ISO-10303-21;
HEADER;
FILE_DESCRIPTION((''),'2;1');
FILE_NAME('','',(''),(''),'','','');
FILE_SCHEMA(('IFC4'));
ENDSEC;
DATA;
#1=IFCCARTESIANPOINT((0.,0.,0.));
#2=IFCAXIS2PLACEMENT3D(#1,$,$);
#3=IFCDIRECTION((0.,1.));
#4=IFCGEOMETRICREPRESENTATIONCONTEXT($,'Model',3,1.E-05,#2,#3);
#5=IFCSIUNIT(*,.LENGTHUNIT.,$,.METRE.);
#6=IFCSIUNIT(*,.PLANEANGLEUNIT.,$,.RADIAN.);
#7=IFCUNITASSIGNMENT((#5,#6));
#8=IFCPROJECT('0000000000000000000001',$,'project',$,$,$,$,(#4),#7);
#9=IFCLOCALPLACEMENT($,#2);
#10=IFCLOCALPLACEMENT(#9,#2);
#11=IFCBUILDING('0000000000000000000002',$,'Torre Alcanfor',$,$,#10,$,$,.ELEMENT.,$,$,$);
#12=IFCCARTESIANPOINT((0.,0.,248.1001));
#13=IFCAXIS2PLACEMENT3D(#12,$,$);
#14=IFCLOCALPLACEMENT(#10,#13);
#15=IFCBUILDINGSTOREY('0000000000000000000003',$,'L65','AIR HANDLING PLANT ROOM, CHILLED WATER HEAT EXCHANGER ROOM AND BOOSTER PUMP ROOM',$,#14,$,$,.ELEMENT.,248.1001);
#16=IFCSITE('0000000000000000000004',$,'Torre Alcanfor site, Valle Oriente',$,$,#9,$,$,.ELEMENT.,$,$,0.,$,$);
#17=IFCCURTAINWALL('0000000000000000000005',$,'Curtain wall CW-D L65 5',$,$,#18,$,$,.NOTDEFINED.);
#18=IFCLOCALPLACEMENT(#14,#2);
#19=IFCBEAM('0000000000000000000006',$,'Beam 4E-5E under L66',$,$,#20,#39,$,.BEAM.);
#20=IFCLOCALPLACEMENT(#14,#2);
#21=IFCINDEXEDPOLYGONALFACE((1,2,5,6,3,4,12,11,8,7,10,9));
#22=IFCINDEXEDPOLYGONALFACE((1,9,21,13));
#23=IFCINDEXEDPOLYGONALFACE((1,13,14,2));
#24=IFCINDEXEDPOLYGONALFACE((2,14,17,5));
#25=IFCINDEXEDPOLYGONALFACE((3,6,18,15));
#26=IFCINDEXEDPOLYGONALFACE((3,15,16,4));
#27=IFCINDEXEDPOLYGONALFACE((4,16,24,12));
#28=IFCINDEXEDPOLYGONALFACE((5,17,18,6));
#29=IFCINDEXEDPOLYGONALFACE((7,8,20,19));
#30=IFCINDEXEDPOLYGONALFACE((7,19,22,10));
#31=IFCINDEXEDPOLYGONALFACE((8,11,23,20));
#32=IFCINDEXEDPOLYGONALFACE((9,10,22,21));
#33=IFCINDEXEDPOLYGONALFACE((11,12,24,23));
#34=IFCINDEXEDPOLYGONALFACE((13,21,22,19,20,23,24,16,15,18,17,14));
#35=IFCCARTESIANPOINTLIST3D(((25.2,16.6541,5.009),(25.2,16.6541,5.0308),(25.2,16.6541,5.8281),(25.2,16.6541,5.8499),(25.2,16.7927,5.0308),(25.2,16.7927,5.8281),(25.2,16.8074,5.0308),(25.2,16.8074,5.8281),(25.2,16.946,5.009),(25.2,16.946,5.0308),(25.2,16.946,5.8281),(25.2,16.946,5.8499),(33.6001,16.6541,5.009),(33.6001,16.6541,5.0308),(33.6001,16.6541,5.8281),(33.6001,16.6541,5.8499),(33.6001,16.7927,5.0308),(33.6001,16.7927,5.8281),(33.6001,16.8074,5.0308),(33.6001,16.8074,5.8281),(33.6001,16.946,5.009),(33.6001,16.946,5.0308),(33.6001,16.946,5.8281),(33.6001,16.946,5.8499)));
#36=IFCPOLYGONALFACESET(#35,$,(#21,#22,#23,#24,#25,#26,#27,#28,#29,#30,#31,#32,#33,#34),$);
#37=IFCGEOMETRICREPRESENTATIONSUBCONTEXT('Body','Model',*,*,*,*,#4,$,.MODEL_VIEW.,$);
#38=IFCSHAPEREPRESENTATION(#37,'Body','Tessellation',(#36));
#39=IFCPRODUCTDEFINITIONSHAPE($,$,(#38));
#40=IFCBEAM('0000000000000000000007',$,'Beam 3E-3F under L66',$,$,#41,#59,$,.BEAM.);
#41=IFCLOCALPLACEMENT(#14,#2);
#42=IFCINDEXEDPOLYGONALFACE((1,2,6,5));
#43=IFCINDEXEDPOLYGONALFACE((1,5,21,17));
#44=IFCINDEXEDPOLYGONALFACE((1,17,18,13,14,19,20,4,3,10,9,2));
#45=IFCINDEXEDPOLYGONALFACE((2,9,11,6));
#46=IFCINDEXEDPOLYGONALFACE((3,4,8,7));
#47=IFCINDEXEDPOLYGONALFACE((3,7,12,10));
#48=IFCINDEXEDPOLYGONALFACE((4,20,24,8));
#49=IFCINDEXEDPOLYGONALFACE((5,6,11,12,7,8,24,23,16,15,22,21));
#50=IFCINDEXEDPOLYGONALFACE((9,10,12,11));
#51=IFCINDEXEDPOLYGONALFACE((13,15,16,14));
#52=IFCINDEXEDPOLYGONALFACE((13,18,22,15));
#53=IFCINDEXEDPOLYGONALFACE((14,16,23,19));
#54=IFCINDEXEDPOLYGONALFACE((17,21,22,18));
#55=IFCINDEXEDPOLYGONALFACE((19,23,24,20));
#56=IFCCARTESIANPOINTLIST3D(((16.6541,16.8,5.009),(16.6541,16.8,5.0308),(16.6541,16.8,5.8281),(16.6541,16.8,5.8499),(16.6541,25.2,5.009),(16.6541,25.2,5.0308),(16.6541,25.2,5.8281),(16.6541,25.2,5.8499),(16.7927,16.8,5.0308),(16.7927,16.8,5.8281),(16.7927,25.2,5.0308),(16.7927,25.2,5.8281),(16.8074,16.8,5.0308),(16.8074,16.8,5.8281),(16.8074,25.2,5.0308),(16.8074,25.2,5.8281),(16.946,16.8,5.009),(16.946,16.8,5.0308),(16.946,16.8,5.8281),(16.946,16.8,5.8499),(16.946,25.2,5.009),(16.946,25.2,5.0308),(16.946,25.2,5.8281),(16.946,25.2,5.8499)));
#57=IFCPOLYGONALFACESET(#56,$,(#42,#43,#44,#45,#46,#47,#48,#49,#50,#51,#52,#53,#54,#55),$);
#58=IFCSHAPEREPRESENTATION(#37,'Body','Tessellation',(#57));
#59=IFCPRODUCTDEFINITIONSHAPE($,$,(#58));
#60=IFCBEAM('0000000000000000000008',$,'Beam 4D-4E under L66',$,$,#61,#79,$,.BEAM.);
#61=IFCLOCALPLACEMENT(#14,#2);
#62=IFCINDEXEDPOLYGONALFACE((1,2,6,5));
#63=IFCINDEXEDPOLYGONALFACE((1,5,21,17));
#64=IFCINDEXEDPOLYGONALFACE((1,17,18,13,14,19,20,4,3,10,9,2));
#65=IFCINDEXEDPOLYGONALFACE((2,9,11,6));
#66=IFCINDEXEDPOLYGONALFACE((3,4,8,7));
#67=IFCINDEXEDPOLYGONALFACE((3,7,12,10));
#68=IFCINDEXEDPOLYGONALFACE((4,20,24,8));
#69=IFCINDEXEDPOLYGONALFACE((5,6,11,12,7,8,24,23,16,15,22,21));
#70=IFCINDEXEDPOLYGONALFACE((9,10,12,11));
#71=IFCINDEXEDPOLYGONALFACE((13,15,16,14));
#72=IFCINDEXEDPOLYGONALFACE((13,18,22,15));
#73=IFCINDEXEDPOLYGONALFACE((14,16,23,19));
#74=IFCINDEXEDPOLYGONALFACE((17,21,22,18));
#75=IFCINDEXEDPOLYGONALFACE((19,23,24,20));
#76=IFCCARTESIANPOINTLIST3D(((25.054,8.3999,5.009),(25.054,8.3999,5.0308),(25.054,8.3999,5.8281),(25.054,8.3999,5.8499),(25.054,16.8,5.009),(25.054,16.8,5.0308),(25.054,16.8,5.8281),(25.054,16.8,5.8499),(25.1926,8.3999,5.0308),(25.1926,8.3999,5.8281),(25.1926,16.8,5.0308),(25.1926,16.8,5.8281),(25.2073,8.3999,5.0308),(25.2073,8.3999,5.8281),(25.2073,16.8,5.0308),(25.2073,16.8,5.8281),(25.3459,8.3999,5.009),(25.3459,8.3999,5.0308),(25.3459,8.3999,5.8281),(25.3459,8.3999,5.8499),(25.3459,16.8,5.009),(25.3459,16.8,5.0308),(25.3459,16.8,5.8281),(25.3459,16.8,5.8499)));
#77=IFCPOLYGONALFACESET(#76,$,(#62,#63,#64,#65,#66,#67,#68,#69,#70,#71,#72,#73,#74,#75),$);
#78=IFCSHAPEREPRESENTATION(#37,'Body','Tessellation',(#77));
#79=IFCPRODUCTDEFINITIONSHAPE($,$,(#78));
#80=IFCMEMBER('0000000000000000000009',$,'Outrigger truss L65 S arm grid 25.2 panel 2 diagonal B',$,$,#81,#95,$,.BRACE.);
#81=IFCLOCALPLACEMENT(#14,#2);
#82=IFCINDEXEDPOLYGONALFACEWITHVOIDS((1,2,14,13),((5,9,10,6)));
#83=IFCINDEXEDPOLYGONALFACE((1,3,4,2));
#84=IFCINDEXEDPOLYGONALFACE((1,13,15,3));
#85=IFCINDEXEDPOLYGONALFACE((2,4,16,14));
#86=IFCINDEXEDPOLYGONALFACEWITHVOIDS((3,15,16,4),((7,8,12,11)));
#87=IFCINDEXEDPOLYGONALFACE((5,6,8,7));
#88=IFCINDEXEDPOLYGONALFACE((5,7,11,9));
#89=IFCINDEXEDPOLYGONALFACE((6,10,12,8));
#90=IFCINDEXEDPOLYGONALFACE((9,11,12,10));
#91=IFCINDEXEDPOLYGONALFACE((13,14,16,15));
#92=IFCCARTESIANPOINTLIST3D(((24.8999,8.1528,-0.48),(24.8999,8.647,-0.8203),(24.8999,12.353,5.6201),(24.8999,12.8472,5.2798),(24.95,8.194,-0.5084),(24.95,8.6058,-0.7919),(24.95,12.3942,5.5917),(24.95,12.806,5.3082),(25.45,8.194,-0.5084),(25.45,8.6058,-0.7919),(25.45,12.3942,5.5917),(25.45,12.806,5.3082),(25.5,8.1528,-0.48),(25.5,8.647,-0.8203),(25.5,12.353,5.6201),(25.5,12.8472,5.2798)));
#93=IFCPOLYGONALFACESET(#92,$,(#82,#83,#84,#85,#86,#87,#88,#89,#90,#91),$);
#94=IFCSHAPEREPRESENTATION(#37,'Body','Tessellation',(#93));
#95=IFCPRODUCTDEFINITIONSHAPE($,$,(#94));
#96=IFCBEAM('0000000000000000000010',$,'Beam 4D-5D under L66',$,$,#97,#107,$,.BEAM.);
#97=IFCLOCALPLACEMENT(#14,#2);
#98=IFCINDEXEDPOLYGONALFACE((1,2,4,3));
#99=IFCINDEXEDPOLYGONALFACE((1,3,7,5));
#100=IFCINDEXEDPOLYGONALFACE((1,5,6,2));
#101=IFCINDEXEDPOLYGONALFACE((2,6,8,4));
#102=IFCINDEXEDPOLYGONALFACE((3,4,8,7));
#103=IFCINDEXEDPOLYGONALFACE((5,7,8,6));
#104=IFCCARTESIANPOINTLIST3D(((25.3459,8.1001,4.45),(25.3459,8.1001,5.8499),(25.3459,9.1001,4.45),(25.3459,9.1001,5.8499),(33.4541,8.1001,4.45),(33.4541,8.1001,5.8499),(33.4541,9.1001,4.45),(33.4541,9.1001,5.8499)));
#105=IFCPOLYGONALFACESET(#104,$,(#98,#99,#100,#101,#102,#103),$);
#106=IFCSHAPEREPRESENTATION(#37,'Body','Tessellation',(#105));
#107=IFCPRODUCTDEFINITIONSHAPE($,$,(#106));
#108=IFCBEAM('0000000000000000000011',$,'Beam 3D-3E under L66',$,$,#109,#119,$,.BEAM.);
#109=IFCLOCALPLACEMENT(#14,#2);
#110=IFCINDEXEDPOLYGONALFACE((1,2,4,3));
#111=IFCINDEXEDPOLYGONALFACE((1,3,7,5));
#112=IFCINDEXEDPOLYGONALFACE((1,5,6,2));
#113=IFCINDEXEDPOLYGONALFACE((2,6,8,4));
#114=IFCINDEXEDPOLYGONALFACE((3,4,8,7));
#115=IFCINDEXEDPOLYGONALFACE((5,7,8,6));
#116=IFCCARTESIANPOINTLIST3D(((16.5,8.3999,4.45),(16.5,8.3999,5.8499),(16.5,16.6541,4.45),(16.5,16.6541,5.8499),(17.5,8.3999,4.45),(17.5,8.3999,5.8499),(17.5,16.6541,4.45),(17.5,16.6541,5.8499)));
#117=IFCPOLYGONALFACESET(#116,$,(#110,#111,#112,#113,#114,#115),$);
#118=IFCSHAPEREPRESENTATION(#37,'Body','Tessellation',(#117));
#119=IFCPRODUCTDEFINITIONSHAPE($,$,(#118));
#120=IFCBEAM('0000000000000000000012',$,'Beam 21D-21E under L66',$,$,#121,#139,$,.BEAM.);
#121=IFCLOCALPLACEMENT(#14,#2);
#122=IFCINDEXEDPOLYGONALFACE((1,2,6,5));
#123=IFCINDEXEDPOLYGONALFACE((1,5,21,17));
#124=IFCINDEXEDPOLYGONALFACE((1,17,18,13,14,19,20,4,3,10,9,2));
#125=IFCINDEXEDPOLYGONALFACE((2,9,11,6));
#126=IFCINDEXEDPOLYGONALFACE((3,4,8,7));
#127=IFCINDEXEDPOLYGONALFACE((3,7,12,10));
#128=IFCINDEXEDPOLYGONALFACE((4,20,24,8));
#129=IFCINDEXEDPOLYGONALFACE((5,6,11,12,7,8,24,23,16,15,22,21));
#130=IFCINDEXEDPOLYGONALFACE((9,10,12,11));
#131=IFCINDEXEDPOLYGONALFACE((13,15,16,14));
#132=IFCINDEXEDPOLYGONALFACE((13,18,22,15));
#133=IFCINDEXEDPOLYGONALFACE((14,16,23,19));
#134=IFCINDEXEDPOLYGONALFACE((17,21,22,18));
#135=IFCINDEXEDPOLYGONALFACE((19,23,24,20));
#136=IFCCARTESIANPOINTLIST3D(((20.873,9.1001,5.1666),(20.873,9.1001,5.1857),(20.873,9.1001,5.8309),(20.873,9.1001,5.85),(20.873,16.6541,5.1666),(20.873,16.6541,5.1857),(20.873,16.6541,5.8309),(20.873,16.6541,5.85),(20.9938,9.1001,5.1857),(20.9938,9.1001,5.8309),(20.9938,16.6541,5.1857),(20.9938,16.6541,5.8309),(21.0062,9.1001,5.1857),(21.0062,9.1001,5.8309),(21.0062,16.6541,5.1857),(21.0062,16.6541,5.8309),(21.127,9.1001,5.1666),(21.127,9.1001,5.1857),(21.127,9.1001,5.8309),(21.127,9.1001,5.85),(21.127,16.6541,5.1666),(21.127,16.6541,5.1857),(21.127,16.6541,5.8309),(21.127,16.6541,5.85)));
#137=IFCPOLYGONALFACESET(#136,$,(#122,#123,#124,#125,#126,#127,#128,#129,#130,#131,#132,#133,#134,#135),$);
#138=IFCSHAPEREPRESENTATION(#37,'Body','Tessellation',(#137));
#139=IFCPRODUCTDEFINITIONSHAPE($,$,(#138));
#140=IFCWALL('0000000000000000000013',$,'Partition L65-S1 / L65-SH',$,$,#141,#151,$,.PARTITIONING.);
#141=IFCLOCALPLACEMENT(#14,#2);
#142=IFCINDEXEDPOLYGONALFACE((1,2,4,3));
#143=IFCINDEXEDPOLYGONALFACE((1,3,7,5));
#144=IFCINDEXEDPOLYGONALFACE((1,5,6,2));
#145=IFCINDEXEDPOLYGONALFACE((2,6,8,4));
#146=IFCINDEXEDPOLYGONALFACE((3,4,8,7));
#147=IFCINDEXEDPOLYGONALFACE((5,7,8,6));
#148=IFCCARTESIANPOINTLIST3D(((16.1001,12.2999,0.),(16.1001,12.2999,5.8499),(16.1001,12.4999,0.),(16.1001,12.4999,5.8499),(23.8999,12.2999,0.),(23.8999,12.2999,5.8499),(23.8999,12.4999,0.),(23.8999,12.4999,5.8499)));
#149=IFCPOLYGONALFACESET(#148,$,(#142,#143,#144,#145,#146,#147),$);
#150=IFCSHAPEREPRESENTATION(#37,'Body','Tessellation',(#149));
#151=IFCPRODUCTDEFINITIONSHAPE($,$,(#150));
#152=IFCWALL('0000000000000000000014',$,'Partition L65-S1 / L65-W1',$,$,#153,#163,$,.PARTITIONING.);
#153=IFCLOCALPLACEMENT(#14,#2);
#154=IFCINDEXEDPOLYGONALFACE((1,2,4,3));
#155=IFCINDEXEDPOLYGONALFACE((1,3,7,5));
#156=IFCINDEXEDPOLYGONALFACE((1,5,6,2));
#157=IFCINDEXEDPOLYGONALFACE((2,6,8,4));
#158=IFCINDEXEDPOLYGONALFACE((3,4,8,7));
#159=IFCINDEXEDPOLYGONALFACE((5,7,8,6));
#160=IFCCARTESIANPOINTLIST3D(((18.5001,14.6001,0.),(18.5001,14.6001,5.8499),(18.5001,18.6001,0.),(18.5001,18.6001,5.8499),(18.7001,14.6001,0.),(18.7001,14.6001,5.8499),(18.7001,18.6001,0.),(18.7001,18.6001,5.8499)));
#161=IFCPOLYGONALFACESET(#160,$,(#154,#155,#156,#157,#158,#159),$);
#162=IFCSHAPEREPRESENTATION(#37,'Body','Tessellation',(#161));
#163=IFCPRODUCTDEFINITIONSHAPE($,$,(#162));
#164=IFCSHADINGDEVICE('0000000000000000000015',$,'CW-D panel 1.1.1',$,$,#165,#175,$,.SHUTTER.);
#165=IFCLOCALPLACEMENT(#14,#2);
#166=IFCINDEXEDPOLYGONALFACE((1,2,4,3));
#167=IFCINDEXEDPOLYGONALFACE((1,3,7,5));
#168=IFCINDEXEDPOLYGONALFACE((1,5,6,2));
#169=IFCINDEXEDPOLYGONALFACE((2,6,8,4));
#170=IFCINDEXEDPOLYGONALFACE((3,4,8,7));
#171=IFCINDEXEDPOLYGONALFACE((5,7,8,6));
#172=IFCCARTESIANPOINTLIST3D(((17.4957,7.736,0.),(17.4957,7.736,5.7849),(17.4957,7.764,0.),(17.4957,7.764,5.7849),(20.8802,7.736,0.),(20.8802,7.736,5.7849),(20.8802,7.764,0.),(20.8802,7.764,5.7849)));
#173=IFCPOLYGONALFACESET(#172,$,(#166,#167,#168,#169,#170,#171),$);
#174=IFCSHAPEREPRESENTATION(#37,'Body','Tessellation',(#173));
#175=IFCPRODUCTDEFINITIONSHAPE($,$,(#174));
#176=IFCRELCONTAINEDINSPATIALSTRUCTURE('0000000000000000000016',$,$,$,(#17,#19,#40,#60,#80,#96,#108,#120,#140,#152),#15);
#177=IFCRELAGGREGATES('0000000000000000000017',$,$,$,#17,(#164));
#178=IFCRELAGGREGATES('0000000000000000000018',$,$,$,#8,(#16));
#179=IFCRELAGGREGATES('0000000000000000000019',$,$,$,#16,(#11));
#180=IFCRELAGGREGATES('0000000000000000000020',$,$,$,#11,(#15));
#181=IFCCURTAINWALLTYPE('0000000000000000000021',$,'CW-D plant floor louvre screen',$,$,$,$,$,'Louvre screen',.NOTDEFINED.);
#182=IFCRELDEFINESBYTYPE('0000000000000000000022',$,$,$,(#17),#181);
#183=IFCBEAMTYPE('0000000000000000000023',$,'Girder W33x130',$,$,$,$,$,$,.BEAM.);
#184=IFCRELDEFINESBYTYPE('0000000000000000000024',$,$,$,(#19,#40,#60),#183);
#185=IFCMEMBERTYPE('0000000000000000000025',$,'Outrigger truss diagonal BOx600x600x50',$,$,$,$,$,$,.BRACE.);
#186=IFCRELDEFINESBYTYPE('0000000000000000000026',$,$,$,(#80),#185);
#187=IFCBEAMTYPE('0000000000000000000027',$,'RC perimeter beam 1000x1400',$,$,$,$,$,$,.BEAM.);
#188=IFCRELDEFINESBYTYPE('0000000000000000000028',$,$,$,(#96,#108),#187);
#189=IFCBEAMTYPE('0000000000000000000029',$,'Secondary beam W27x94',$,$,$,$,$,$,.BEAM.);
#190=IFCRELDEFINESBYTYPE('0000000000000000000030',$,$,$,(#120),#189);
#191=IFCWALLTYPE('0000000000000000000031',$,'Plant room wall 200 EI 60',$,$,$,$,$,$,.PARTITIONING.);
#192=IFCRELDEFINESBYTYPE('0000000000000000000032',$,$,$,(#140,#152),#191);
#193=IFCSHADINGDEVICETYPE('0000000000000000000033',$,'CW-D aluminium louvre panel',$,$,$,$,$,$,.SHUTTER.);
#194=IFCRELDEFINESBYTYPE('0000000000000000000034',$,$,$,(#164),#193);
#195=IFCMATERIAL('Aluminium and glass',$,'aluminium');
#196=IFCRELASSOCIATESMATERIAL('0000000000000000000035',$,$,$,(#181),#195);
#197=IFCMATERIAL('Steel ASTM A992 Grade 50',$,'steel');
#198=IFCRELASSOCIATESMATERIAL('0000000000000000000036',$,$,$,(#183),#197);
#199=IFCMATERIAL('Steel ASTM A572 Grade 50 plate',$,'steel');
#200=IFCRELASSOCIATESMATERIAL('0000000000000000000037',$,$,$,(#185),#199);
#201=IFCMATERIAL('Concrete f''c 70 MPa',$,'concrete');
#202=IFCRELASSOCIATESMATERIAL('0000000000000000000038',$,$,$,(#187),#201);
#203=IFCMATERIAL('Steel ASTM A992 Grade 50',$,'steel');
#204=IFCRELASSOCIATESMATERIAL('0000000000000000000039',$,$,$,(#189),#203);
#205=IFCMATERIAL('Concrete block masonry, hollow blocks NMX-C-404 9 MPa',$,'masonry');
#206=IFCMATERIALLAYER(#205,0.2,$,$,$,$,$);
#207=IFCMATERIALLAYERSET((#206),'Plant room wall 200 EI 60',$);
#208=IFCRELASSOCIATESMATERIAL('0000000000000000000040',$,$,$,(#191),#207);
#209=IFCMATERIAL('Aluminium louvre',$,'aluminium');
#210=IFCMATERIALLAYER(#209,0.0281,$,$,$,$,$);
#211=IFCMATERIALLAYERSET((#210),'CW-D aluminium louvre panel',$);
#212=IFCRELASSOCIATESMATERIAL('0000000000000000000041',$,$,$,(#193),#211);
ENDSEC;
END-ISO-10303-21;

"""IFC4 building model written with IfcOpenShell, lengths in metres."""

from ifc_helpers import new_model, si_unit, direction, frame, frame_2d, origin, origin_2d, place, context, subcontext, project, spatial, rectangle, hollow_rectangle, i_section, extrude, material, layer, layer_set, material_profile, profile_set, type_object, element, aggregate, save


model = new_model("IFC4")

# Units and contexts
model_context = context("Model", 3, precision=1e-05, world=origin(), true_north=direction((0.0, 1.0)))
body_context = subcontext(model_context, "Body", "Model", "MODEL_VIEW")
ifc_project = project(units=[si_unit("LENGTHUNIT", "METRE"), si_unit("PLANEANGLEUNIT", "RADIAN")], contexts=[model_context])

# Site, building, storey
site_placement = place(None, origin())
site = spatial("IfcSite", under=ifc_project, at=site_placement, Name="Torre Alcanfor site, Valle Oriente", CompositionType="ELEMENT", RefElevation=0.0)
building_placement = place(site_placement, origin())
building = spatial("IfcBuilding", under=site, at=building_placement, Name="Torre Alcanfor", CompositionType="ELEMENT")
storey_placement = place(building_placement, frame((0.0, 0.0, 248.1001)))
storey = spatial("IfcBuildingStorey", under=building, at=storey_placement, Name="L65", Description="AIR HANDLING PLANT ROOM, CHILLED WATER HEAT EXCHANGER ROOM AND BOOSTER PUMP ROOM", CompositionType="ELEMENT", Elevation=248.1001)

# Curtain wall
ifc_material_1 = material(Name="Aluminium and glass", Category="aluminium")
curtain_wall_type = type_object("IfcCurtainWallType", Name="CW-D plant floor louvre screen", ElementType="Louvre screen", PredefinedType="NOTDEFINED", material=ifc_material_1)
curtain_wall_placement = place(storey_placement, origin())
curtain_wall = element("IfcCurtainWall", 1, at=curtain_wall_placement, inside=storey, type_object=curtain_wall_type, Name="Curtain wall CW-D L65 5", PredefinedType="NOTDEFINED")

# Beams
ifc_material_2 = material(Name="Steel ASTM A992 Grade 50", Category="steel")
ifc_material_profile_1 = material_profile(ifc_material_2, i_section(OverallWidth=0.292, OverallDepth=0.8408, WebThickness=0.0146, FlangeThickness=0.0217, at=origin_2d()), Name="W33x130")
ifc_profile_set_1 = profile_set([ifc_material_profile_1], Name="Steel ASTM A992 Grade 50")
beam_type_1 = type_object("IfcBeamType", Name="Girder W33x130", PredefinedType="BEAM", material=ifc_profile_set_1)
beam_1_placement = place(storey_placement, frame((25.2, 16.8, 5.4294), z_axis=(1.0, 0.0, 0.0), x_axis=(0.0, 1.0, 0.0)))
element("IfcBeam", 2, at=beam_1_placement, inside=storey, type_object=beam_type_1, Name="Beam 4E-5E under L66", PredefinedType="BEAM", context=body_context, shape_type="SweptSolid", body=[
    extrude(i_section(OverallWidth=0.292, OverallDepth=0.8408, WebThickness=0.0146, FlangeThickness=0.0217, at=origin_2d()), origin(), (0.0, 0.0, 1.0), 8.4001),
])
beam_2_placement = place(storey_placement, frame((16.8, 16.8, 5.4294), z_axis=(0.0, 1.0, 0.0), x_axis=(-1.0, 0.0, 0.0)))
element("IfcBeam", 3, at=beam_2_placement, inside=storey, type_object=beam_type_1, Name="Beam 3E-3F under L66", PredefinedType="BEAM", context=body_context, shape_type="SweptSolid", body=[
    extrude(i_section(OverallWidth=0.292, OverallDepth=0.8408, WebThickness=0.0146, FlangeThickness=0.0217, at=origin_2d()), origin(), (0.0, 0.0, 1.0), 8.3999),
])
beam_3_placement = place(storey_placement, frame((25.2, 8.3999, 5.4294), z_axis=(0.0, 1.0, 0.0), x_axis=(-1.0, 0.0, 0.0)))
element("IfcBeam", 4, at=beam_3_placement, inside=storey, type_object=beam_type_1, Name="Beam 4D-4E under L66", PredefinedType="BEAM", context=body_context, shape_type="SweptSolid", body=[
    extrude(i_section(OverallWidth=0.292, OverallDepth=0.8408, WebThickness=0.0146, FlangeThickness=0.0217, at=origin_2d()), origin(), (0.0, 0.0, 1.0), 8.4001),
])

# Member
ifc_material_3 = material(Name="Steel ASTM A572 Grade 50 plate", Category="steel")
ifc_material_profile_2 = material_profile(ifc_material_3, hollow_rectangle(XDim=0.6001, YDim=0.6001, WallThickness=0.05, at=origin_2d()), Name="BOX 600x600x50")
ifc_profile_set_2 = profile_set([ifc_material_profile_2], Name="Steel ASTM A572 Grade 50 plate")
member_type_1 = type_object("IfcMemberType", Name="Outrigger truss diagonal BOx600x600x50", PredefinedType="BRACE", material=ifc_profile_set_2)
member_1_placement = place(storey_placement, frame((25.2, 8.3999, -0.6501), z_axis=(0.0, 0.567113, 0.82364), x_axis=(-1.0, 0.0, 0.0)))
element("IfcMember", 5, at=member_1_placement, inside=storey, type_object=member_type_1, Name="Outrigger truss L65 S arm grid 25.2 panel 2 diagonal B", PredefinedType="BRACE", context=body_context, shape_type="SweptSolid", body=[
    extrude(hollow_rectangle(XDim=0.6001, YDim=0.6001, WallThickness=0.05, at=origin_2d()), origin(), (0.0, 0.0, 1.0), 7.4062),
])

# Beams
ifc_material_4 = material(Name="Concrete f'c 70 MPa", Category="concrete")
ifc_material_profile_3 = material_profile(ifc_material_4, rectangle(XDim=1.0, YDim=1.3999, at=origin_2d()), Name="1000x1400")
ifc_profile_set_3 = profile_set([ifc_material_profile_3], Name="Concrete f'c 70 MPa")
beam_type_2 = type_object("IfcBeamType", Name="RC perimeter beam 1000x1400", PredefinedType="BEAM", material=ifc_profile_set_3)
beam_4_placement = place(storey_placement, frame((25.3459, 8.6001, 5.1499), z_axis=(1.0, 0.0, 0.0), x_axis=(0.0, 1.0, 0.0)))
element("IfcBeam", 6, at=beam_4_placement, inside=storey, type_object=beam_type_2, Name="Beam 4D-5D under L66", PredefinedType="BEAM", context=body_context, shape_type="SweptSolid", body=[
    extrude(rectangle(XDim=1.0, YDim=1.3999, at=origin_2d()), origin(), (0.0, 0.0, 1.0), 8.1082),
])
beam_5_placement = place(storey_placement, frame((17.0, 8.3999, 5.1499), z_axis=(0.0, 1.0, 0.0), x_axis=(-1.0, 0.0, 0.0)))
element("IfcBeam", 7, at=beam_5_placement, inside=storey, type_object=beam_type_2, Name="Beam 3D-3E under L66", PredefinedType="BEAM", context=body_context, shape_type="SweptSolid", body=[
    extrude(rectangle(XDim=1.0, YDim=1.3999, at=origin_2d()), origin(), (0.0, 0.0, 1.0), 8.2542),
])
ifc_material_5 = material(Name="Steel ASTM A992 Grade 50", Category="steel")
ifc_material_profile_4 = material_profile(ifc_material_5, i_section(OverallWidth=0.2539, OverallDepth=0.6833, WebThickness=0.0125, FlangeThickness=0.019, at=origin_2d()), Name="W27x94")
ifc_profile_set_4 = profile_set([ifc_material_profile_4], Name="Steel ASTM A992 Grade 50")
beam_type_3 = type_object("IfcBeamType", Name="Secondary beam W27x94", PredefinedType="BEAM", material=ifc_profile_set_4)
beam_6_placement = place(storey_placement, frame((21.0, 9.1001, 5.5083), z_axis=(0.0, 1.0, 0.0), x_axis=(-1.0, 0.0, 0.0)))
element("IfcBeam", 8, at=beam_6_placement, inside=storey, type_object=beam_type_3, Name="Beam 21D-21E under L66", PredefinedType="BEAM", context=body_context, shape_type="SweptSolid", body=[
    extrude(i_section(OverallWidth=0.2539, OverallDepth=0.6833, WebThickness=0.0125, FlangeThickness=0.019, at=origin_2d()), origin(), (0.0, 0.0, 1.0), 7.554),
])

# Walls
ifc_material_6 = material(Name="Concrete block masonry, hollow blocks NMX-C-404 9 MPa", Category="masonry")
ifc_layer_1 = layer(ifc_material_6, 0.2)
ifc_layer_set_1 = layer_set([ifc_layer_1], Name="Plant room wall 200 EI 60")
wall_type = type_object("IfcWallType", Name="Plant room wall 200 EI 60", PredefinedType="PARTITIONING", material=ifc_layer_set_1)
wall_1_placement = place(storey_placement, frame((23.8999, 12.3999, 0.0), z_axis=(0.0, 0.0, 1.0), x_axis=(-1.0, 0.0, 0.0)))
element("IfcWall", 9, at=wall_1_placement, inside=storey, type_object=wall_type, Name="Partition L65-S1 / L65-SH", PredefinedType="PARTITIONING", context=body_context, shape_type="SweptSolid", body=[
    extrude(rectangle(XDim=7.7998, YDim=0.2, at=frame_2d((3.8999, 0.0))), origin(), (0.0, 0.0, 1.0), 5.8499),
])
wall_2_placement = place(storey_placement, frame((18.6001, 14.6001, 0.0), z_axis=(0.0, 0.0, 1.0), x_axis=(0.0, 1.0, 0.0)))
element("IfcWall", 10, at=wall_2_placement, inside=storey, type_object=wall_type, Name="Partition L65-S1 / L65-W1", PredefinedType="PARTITIONING", context=body_context, shape_type="SweptSolid", body=[
    extrude(rectangle(XDim=4.0, YDim=0.2, at=frame_2d((2.0, 0.0))), origin(), (0.0, 0.0, 1.0), 5.8499),
])

# Shading device
ifc_material_7 = material(Name="Aluminium louvre", Category="aluminium")
ifc_layer_2 = layer(ifc_material_7, 0.0281)
ifc_layer_set_2 = layer_set([ifc_layer_2], Name="CW-D aluminium louvre panel")
shading_device_type = type_object("IfcShadingDeviceType", Name="CW-D aluminium louvre panel", PredefinedType="SHUTTER", material=ifc_layer_set_2)
shading_device_1_placement = place(storey_placement, frame((19.188, 7.75, 0.0), z_axis=(0.0, 0.0, 1.0), x_axis=(1.0, 0.0, 0.0)))
shading_device_1 = element("IfcShadingDevice", 11, at=shading_device_1_placement, type_object=shading_device_type, Name="CW-D panel 1.1.1", PredefinedType="SHUTTER", context=body_context, shape_type="SweptSolid", body=[
    extrude(rectangle(XDim=3.3845, YDim=0.0281, at=origin_2d()), origin(), (0.0, 0.0, 1.0), 5.7849),
])
aggregate(curtain_wall, [shading_device_1])

save(model, "model.ifc")
